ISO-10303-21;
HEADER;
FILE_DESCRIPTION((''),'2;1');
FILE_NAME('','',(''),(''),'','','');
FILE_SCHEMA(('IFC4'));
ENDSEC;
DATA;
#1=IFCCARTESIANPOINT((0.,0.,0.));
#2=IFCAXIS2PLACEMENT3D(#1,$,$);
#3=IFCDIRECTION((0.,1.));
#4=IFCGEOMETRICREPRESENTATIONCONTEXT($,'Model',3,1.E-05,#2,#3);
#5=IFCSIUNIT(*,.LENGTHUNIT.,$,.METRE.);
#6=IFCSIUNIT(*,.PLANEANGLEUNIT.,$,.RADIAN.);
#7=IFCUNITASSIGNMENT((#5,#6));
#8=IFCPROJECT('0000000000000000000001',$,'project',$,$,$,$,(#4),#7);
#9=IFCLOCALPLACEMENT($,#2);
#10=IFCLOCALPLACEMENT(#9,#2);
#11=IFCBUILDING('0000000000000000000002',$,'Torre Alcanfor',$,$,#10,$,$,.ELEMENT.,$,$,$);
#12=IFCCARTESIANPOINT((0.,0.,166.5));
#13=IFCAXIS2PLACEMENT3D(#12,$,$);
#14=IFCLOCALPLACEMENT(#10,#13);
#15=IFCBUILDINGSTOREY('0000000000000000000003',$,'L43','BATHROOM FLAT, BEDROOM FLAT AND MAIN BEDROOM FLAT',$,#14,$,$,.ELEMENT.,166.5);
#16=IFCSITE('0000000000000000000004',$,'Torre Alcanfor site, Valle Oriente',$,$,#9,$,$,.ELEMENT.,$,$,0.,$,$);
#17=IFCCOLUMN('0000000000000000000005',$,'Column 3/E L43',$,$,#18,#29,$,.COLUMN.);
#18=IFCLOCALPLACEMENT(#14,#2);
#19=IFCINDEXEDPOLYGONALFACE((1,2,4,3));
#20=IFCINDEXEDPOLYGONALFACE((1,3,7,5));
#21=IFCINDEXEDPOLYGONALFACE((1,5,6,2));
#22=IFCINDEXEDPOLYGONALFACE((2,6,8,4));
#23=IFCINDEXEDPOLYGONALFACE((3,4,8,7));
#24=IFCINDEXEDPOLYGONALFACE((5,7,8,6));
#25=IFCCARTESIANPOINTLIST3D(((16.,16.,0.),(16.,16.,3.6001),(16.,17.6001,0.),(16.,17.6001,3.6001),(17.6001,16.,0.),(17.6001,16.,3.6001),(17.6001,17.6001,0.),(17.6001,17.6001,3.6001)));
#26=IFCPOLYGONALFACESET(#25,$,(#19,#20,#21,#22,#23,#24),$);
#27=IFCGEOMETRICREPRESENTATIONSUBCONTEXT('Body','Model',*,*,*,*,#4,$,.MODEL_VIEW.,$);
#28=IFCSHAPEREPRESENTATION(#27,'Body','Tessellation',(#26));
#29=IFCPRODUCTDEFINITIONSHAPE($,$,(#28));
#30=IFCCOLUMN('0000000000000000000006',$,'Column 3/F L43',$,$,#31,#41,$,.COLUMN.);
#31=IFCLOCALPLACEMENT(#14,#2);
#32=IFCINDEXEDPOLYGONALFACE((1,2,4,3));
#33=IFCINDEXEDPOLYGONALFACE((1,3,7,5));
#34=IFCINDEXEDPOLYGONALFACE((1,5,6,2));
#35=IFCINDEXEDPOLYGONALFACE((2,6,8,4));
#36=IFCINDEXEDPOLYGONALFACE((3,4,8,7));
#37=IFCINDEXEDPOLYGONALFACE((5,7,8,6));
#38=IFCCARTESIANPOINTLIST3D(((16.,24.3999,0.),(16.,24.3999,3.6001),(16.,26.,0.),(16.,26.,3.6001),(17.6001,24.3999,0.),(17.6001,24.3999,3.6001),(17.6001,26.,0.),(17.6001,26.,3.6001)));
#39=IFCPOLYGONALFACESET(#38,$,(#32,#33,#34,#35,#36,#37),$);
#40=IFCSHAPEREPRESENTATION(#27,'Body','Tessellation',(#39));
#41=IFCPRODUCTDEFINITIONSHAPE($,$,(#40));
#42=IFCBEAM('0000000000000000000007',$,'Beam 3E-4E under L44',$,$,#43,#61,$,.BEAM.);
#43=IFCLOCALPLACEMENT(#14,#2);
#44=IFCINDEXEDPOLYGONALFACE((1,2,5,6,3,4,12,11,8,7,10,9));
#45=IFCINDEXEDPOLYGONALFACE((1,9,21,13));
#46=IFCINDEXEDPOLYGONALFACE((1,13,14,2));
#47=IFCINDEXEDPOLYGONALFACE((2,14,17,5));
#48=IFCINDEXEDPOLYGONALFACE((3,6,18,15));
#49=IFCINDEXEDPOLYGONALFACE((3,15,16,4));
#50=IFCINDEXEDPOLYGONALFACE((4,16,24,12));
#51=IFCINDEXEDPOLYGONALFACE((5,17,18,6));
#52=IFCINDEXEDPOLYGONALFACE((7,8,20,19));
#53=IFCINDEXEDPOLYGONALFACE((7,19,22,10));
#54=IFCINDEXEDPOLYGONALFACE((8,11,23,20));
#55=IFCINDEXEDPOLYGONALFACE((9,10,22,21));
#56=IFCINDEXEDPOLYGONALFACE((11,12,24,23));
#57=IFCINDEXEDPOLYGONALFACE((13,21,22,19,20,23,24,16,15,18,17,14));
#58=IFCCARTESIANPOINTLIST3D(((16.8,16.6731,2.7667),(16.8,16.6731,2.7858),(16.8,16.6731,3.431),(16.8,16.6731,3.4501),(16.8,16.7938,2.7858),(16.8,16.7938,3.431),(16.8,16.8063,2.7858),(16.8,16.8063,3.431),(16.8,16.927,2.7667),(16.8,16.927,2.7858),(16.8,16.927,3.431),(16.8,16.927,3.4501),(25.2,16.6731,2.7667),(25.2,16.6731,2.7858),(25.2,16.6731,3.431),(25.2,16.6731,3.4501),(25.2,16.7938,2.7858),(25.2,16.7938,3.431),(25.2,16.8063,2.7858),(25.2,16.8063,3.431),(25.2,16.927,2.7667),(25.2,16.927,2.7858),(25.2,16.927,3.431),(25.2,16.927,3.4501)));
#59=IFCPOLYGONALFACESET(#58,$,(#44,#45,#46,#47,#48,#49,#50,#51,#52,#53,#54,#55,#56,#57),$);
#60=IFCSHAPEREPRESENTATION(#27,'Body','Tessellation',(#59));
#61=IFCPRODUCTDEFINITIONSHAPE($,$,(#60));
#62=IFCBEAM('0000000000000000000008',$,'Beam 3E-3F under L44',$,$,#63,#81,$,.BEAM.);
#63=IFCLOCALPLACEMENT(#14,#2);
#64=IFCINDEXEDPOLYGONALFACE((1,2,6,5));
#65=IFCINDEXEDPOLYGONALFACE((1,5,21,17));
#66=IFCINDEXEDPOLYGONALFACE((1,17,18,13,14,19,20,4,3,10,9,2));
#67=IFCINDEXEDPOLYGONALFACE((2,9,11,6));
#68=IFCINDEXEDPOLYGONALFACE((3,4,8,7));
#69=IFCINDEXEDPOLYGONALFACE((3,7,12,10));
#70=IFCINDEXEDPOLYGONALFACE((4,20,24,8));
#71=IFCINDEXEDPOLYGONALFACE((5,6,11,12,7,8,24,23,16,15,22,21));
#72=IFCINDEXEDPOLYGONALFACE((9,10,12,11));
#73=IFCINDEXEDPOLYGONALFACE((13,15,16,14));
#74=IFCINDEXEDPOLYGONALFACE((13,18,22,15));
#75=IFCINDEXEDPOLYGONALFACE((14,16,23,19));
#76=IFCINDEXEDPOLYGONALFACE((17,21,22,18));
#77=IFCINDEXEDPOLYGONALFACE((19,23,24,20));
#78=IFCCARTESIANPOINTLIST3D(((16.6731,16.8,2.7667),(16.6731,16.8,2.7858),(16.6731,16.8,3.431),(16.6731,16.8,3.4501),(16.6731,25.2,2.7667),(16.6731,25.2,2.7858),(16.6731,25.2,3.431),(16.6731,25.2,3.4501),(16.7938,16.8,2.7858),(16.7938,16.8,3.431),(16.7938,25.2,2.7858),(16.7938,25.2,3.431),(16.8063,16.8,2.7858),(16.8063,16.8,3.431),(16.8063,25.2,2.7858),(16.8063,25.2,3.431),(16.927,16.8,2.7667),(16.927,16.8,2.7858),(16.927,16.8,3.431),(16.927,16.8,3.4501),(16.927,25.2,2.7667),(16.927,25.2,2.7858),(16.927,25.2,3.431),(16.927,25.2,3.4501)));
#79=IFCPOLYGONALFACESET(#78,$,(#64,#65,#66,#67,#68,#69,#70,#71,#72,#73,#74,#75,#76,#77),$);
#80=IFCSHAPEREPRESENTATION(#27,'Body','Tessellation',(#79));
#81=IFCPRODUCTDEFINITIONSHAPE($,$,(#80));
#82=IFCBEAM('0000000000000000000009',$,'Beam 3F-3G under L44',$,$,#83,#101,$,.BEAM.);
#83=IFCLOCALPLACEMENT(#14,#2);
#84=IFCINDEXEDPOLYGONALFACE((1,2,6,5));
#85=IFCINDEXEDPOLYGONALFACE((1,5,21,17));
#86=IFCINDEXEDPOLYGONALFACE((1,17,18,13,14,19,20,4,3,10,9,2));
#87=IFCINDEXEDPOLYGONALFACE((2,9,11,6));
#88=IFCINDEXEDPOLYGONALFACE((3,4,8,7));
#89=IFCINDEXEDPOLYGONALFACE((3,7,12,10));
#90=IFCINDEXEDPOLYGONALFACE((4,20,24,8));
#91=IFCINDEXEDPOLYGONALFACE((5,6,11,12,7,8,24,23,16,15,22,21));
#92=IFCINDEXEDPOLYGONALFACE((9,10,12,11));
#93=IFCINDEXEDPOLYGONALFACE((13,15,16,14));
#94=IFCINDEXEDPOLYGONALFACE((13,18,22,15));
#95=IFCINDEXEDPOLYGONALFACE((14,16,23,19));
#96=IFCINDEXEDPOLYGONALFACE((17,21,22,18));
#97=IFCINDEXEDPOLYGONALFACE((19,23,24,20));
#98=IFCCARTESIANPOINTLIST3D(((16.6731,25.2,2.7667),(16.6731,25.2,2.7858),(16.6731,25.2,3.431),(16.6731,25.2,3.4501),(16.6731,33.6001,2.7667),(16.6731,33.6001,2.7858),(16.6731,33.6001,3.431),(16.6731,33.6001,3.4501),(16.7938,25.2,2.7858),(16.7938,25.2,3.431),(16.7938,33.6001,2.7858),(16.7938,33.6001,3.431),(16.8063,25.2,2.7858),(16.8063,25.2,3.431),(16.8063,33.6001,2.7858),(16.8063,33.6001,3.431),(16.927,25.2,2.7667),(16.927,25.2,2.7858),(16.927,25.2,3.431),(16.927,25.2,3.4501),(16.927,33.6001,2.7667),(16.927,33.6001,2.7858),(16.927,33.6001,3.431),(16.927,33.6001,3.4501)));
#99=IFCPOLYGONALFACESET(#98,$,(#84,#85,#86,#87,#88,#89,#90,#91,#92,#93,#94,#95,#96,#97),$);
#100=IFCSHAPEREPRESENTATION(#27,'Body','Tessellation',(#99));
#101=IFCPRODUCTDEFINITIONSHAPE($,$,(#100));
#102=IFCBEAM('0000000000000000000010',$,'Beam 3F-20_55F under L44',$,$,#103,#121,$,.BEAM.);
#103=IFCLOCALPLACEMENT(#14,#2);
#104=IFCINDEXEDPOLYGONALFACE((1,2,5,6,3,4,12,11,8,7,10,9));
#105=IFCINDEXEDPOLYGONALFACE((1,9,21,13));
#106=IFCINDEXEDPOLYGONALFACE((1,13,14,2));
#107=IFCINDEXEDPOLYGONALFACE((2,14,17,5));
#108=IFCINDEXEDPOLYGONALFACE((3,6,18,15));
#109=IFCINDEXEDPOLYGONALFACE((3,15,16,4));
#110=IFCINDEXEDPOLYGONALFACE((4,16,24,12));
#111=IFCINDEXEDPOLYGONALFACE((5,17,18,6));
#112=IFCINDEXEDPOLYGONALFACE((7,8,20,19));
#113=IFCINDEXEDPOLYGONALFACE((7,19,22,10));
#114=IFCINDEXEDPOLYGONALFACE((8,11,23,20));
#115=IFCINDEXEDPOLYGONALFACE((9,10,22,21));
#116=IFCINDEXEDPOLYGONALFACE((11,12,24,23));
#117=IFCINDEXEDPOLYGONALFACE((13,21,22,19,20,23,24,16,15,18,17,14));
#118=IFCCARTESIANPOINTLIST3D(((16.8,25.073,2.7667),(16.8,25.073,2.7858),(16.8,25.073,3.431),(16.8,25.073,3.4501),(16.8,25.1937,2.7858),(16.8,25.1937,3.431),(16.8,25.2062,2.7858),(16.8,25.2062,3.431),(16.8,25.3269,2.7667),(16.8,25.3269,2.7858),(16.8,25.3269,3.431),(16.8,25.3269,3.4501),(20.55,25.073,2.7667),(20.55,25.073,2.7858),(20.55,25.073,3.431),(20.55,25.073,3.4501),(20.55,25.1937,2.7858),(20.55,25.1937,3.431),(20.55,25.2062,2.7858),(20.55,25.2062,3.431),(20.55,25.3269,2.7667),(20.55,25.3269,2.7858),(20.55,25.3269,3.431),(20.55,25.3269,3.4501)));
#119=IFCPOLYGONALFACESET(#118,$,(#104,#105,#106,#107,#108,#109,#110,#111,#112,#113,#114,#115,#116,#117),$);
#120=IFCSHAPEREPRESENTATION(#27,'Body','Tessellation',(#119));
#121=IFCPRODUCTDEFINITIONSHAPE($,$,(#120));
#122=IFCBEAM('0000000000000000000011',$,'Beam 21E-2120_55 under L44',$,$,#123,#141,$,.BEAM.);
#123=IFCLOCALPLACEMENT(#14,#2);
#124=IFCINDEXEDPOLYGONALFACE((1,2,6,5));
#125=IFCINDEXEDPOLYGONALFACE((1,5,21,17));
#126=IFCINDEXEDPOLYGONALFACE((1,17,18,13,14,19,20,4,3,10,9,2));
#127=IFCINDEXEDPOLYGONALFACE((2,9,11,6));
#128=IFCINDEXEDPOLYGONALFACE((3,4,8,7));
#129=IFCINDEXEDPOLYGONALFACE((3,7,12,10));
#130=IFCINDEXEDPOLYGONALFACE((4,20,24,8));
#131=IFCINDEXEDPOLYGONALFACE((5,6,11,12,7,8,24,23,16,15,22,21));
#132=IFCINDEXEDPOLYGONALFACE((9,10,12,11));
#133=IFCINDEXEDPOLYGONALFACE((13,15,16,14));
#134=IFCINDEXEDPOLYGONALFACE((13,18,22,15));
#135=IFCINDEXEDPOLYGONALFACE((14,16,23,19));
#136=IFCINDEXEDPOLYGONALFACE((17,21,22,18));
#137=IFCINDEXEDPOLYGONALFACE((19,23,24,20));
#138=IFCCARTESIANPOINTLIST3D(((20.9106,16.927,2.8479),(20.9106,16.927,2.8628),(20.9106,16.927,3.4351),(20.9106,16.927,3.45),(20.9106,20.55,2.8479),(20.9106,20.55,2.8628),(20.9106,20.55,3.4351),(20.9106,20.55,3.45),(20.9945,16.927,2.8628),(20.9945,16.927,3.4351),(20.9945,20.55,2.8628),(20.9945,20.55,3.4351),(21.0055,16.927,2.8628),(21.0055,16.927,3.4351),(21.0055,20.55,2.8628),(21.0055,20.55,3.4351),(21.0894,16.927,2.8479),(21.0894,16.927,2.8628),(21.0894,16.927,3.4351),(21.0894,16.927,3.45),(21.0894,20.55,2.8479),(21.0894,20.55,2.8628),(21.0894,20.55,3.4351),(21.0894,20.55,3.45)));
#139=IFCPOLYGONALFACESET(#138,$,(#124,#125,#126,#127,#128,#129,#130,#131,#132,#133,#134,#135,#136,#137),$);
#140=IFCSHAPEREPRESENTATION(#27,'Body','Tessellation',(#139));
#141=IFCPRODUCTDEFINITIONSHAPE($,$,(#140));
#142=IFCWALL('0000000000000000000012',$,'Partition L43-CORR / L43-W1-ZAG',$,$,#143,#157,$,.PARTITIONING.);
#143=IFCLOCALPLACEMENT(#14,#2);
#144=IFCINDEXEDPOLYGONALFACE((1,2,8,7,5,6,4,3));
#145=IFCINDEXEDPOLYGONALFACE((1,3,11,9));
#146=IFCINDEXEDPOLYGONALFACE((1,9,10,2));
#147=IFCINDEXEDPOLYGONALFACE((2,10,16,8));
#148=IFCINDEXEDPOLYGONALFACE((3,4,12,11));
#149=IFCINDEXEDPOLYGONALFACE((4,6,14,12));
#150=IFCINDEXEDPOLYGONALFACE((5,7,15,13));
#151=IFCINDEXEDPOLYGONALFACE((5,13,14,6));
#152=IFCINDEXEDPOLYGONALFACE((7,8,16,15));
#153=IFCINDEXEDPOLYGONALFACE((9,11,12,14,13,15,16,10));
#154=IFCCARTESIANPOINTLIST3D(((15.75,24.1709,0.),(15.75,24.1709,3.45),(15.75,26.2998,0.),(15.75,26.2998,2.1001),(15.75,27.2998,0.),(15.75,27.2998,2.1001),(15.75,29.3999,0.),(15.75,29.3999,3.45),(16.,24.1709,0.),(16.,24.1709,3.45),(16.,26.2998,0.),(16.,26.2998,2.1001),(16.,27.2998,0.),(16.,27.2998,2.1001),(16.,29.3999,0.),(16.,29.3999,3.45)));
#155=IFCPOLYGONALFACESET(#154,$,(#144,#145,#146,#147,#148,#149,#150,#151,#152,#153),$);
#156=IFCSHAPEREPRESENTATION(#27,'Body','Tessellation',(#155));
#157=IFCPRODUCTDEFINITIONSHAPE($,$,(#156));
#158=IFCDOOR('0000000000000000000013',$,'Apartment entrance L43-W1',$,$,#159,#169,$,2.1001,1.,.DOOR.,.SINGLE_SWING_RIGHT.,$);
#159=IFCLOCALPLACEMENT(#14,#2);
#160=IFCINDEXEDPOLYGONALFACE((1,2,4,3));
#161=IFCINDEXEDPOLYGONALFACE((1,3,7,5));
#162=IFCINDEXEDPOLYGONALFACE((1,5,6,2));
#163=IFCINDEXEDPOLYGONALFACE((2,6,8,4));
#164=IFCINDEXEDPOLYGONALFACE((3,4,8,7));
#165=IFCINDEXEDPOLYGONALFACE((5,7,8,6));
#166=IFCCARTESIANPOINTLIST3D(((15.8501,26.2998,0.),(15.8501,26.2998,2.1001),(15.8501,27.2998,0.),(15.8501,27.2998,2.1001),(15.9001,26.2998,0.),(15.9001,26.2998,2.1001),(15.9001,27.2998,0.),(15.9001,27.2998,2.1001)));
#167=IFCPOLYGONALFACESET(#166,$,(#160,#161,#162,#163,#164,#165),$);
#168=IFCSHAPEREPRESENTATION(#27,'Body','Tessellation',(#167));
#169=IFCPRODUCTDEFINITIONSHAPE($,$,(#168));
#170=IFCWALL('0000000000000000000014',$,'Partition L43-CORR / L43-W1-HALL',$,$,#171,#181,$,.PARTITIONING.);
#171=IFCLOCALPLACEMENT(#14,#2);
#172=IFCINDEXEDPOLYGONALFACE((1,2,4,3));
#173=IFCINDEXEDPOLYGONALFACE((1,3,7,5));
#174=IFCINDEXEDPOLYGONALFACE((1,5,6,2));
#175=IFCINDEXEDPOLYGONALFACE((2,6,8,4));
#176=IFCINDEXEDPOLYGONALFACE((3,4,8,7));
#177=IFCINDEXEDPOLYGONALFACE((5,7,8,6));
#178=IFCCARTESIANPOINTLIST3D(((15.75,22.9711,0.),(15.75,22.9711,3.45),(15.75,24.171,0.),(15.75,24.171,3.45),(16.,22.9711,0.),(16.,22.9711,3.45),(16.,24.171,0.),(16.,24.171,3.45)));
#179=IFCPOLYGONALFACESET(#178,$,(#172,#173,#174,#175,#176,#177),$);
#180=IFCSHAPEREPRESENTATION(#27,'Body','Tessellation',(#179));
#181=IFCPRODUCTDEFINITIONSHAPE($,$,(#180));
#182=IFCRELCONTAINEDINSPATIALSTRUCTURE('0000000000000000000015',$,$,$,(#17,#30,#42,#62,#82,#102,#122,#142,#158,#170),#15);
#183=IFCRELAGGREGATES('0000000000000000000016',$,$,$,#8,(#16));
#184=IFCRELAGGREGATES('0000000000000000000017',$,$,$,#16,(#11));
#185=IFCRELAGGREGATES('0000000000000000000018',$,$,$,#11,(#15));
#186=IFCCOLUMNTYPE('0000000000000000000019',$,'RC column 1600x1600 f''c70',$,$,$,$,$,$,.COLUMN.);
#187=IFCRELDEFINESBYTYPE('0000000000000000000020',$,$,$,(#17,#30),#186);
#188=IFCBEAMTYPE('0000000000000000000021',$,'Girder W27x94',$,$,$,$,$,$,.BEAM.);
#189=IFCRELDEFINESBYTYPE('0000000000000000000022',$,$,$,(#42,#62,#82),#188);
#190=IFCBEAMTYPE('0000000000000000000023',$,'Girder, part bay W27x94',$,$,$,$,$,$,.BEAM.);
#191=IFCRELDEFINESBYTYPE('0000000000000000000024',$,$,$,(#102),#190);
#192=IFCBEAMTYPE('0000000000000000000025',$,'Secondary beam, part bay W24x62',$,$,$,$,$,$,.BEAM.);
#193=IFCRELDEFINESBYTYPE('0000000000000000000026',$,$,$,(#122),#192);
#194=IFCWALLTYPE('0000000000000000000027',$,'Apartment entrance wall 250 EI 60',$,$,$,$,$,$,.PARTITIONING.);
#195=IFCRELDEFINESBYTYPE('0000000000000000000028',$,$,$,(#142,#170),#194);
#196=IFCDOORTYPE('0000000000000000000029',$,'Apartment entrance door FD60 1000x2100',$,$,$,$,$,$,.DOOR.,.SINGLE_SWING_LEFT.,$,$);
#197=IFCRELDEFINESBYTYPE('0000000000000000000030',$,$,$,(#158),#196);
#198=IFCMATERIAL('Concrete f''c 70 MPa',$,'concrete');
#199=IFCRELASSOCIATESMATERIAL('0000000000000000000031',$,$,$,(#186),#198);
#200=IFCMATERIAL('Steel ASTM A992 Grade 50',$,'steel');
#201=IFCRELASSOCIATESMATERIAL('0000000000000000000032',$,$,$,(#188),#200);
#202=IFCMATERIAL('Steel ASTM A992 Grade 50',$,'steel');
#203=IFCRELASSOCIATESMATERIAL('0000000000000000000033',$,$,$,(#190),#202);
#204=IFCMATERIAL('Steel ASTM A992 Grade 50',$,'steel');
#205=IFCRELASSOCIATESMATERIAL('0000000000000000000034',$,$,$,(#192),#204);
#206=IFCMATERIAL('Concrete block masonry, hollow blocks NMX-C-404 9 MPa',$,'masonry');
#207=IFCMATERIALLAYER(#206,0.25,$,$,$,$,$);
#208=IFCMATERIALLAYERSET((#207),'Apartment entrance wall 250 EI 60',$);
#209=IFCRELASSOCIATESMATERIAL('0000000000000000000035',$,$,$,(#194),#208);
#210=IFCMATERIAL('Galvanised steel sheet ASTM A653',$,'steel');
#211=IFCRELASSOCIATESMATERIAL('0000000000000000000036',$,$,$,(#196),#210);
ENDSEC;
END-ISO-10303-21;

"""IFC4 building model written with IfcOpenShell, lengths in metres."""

from ifc_helpers import new_model, si_unit, direction, frame, frame_2d, origin, origin_2d, place, context, subcontext, project, spatial, rectangle, i_section, extrude, material, layer, layer_set, material_profile, profile_set, type_object, element, fill, save


model = new_model("IFC4")

# Units and contexts
model_context = context("Model", 3, precision=1e-05, world=origin(), true_north=direction((0.0, 1.0)))
body_context = subcontext(model_context, "Body", "Model", "MODEL_VIEW")
ifc_project = project(units=[si_unit("LENGTHUNIT", "METRE"), si_unit("PLANEANGLEUNIT", "RADIAN")], contexts=[model_context])

# Site, building, storey
site_placement = place(None, origin())
site = spatial("IfcSite", under=ifc_project, at=site_placement, Name="Torre Alcanfor site, Valle Oriente", CompositionType="ELEMENT", RefElevation=0.0)
building_placement = place(site_placement, origin())
building = spatial("IfcBuilding", under=site, at=building_placement, Name="Torre Alcanfor", CompositionType="ELEMENT")
storey_placement = place(building_placement, frame((0.0, 0.0, 166.5)))
storey = spatial("IfcBuildingStorey", under=building, at=storey_placement, Name="L43", Description="BATHROOM FLAT, BEDROOM FLAT AND MAIN BEDROOM FLAT", CompositionType="ELEMENT", Elevation=166.5)

# Columns
ifc_material_1 = material(Name="Concrete f'c 70 MPa", Category="concrete")
ifc_material_profile_1 = material_profile(ifc_material_1, rectangle(XDim=1.6001, YDim=1.6001, at=origin_2d()), Name="1600x1600")
ifc_profile_set_1 = profile_set([ifc_material_profile_1], Name="Concrete f'c 70 MPa")
column_type = type_object("IfcColumnType", Name="RC column 1600x1600 f'c70", PredefinedType="COLUMN", material=ifc_profile_set_1)
for number, where, z_axis, x_axis, name in (
    (1, (16.8, 16.8, 0.0), (0.0, 0.0, 1.0), (1.0, 0.0, 0.0), "Column 3/E L43"),
    (2, (16.8, 25.2, 0.0), (0.0, 0.0, 1.0), (1.0, 0.0, 0.0), "Column 3/F L43"),
):
    element("IfcColumn", number, at=place(storey_placement, frame(where, z_axis=z_axis, x_axis=x_axis)), inside=storey, type_object=column_type, Name=name, PredefinedType="COLUMN", context=body_context, shape_type="SweptSolid", body=[
        extrude(rectangle(XDim=1.6001, YDim=1.6001, at=origin_2d()), origin(), (0.0, 0.0, 1.0), 3.6001),
    ])

# Beams
ifc_material_2 = material(Name="Steel ASTM A992 Grade 50", Category="steel")
ifc_material_profile_2 = material_profile(ifc_material_2, i_section(OverallWidth=0.2539, OverallDepth=0.6833, WebThickness=0.0125, FlangeThickness=0.019, at=origin_2d()), Name="W27x94")
ifc_profile_set_2 = profile_set([ifc_material_profile_2], Name="Steel ASTM A992 Grade 50")
beam_type_1 = type_object("IfcBeamType", Name="Girder W27x94", PredefinedType="BEAM", material=ifc_profile_set_2)
for number, where, z_axis, x_axis, name in (
    (3, (16.8, 16.8, 3.1084), (1.0, 0.0, 0.0), (0.0, 1.0, 0.0), "Beam 3E-4E under L44"),
    (4, (16.8, 16.8, 3.1084), (0.0, 1.0, 0.0), (-1.0, 0.0, 0.0), "Beam 3E-3F under L44"),
):
    element("IfcBeam", number, at=place(storey_placement, frame(where, z_axis=z_axis, x_axis=x_axis)), inside=storey, type_object=beam_type_1, Name=name, PredefinedType="BEAM", context=body_context, shape_type="SweptSolid", body=[
        extrude(i_section(OverallWidth=0.2539, OverallDepth=0.6833, WebThickness=0.0125, FlangeThickness=0.019, at=origin_2d()), origin(), (0.0, 0.0, 1.0), 8.3999),
    ])
beam_1_placement = place(storey_placement, frame((16.8, 25.2, 3.1084), z_axis=(0.0, 1.0, 0.0), x_axis=(-1.0, 0.0, 0.0)))
element("IfcBeam", 5, at=beam_1_placement, inside=storey, type_object=beam_type_1, Name="Beam 3F-3G under L44", PredefinedType="BEAM", context=body_context, shape_type="SweptSolid", body=[
    extrude(i_section(OverallWidth=0.2539, OverallDepth=0.6833, WebThickness=0.0125, FlangeThickness=0.019, at=origin_2d()), origin(), (0.0, 0.0, 1.0), 8.4001),
])
ifc_material_3 = material(Name="Steel ASTM A992 Grade 50", Category="steel")
ifc_material_profile_3 = material_profile(ifc_material_3, i_section(OverallWidth=0.2539, OverallDepth=0.6833, WebThickness=0.0125, FlangeThickness=0.019, at=origin_2d()), Name="W27x94")
ifc_profile_set_3 = profile_set([ifc_material_profile_3], Name="Steel ASTM A992 Grade 50")
beam_type_2 = type_object("IfcBeamType", Name="Girder, part bay W27x94", PredefinedType="BEAM", material=ifc_profile_set_3)
beam_2_placement = place(storey_placement, frame((16.8, 25.2, 3.1084), z_axis=(1.0, 0.0, 0.0), x_axis=(0.0, 1.0, 0.0)))
element("IfcBeam", 6, at=beam_2_placement, inside=storey, type_object=beam_type_2, Name="Beam 3F-20_55F under L44", PredefinedType="BEAM", context=body_context, shape_type="SweptSolid", body=[
    extrude(i_section(OverallWidth=0.2539, OverallDepth=0.6833, WebThickness=0.0125, FlangeThickness=0.019, at=origin_2d()), origin(), (0.0, 0.0, 1.0), 3.75),
])
ifc_material_4 = material(Name="Steel ASTM A992 Grade 50", Category="steel")
ifc_material_profile_4 = material_profile(ifc_material_4, i_section(OverallWidth=0.1787, OverallDepth=0.6021, WebThickness=0.011, FlangeThickness=0.0149, at=origin_2d()), Name="W24x62")
ifc_profile_set_4 = profile_set([ifc_material_profile_4], Name="Steel ASTM A992 Grade 50")
beam_type_3 = type_object("IfcBeamType", Name="Secondary beam, part bay W24x62", PredefinedType="BEAM", material=ifc_profile_set_4)
beam_3_placement = place(storey_placement, frame((21.0, 16.927, 3.1489), z_axis=(0.0, 1.0, 0.0), x_axis=(-1.0, 0.0, 0.0)))
element("IfcBeam", 7, at=beam_3_placement, inside=storey, type_object=beam_type_3, Name="Beam 21E-2120_55 under L44", PredefinedType="BEAM", context=body_context, shape_type="SweptSolid", body=[
    extrude(i_section(OverallWidth=0.1787, OverallDepth=0.6021, WebThickness=0.011, FlangeThickness=0.0149, at=origin_2d()), origin(), (0.0, 0.0, 1.0), 3.623),
])

# Wall, opening, door
ifc_material_5 = material(Name="Concrete block masonry, hollow blocks NMX-C-404 9 MPa", Category="masonry")
ifc_layer_1 = layer(ifc_material_5, 0.25)
ifc_layer_set_1 = layer_set([ifc_layer_1], Name="Apartment entrance wall 250 EI 60")
wall_type_1 = type_object("IfcWallType", Name="Apartment entrance wall 250 EI 60", PredefinedType="PARTITIONING", material=ifc_layer_set_1)
wall_1_placement = place(storey_placement, frame((15.875, 24.1709, 0.0), z_axis=(0.0, 0.0, 1.0), x_axis=(0.0, 1.0, 0.0)))
wall_1 = element("IfcWall", 8, at=wall_1_placement, inside=storey, type_object=wall_type_1, Name="Partition L43-CORR / L43-W1-ZAG", PredefinedType="PARTITIONING", context=body_context, shape_type="SweptSolid", body=[
    extrude(rectangle(XDim=5.229, YDim=0.25, at=frame_2d((2.6145, 0.0))), origin(), (0.0, 0.0, 1.0), 3.45),
])
opening_1_placement = place(wall_1_placement, frame((2.1289, 0.0, 0.0)))
opening_1 = element("IfcOpeningElement", 9, at=opening_1_placement, cuts=wall_1, PredefinedType="OPENING", context=body_context, shape_type="SweptSolid", body=[
    extrude(rectangle(XDim=1.0, YDim=2.1001, at=frame_2d((0.5, 1.05))), frame((0.0, 0.135, 0.0), z_axis=(0.0, -1.0, 0.0), x_axis=(1.0, 0.0, 0.0)), (0.0, 0.0, 1.0), 0.27),
])
ifc_material_6 = material(Name="Galvanised steel sheet ASTM A653", Category="steel")
door_type_1 = type_object("IfcDoorType", Name="Apartment entrance door FD60 1000x2100", OperationType="SINGLE_SWING_LEFT", PredefinedType="DOOR", material=ifc_material_6)
door_1_placement = place(opening_1_placement, origin())
door_1 = element("IfcDoor", 10, at=door_1_placement, inside=storey, type_object=door_type_1, Name="Apartment entrance L43-W1", OperationType="SINGLE_SWING_RIGHT", OverallHeight=2.1001, OverallWidth=1.0, PredefinedType="DOOR", context=body_context, shape_type="SweptSolid", body=[
    extrude(rectangle(XDim=1.0, YDim=2.1001, at=frame_2d((0.5, 1.05))), frame((0.0, 0.0249, 0.0), z_axis=(0.0, -1.0, 0.0), x_axis=(1.0, 0.0, 0.0)), (0.0, 0.0, 1.0), 0.05),
])
fill(opening_1, door_1)

# Wall
wall_2_placement = place(storey_placement, frame((15.875, 22.9709, 0.0), z_axis=(0.0, 0.0, 1.0), x_axis=(0.0, 1.0, 0.0)))
element("IfcWall", 11, at=wall_2_placement, inside=storey, type_object=wall_type_1, Name="Partition L43-CORR / L43-W1-HALL", PredefinedType="PARTITIONING", context=body_context, shape_type="SweptSolid", body=[
    extrude(rectangle(XDim=1.2, YDim=0.25, at=frame_2d((0.6001, 0.0))), origin(), (0.0, 0.0, 1.0), 3.45),
])

save(model, "model.ifc")
